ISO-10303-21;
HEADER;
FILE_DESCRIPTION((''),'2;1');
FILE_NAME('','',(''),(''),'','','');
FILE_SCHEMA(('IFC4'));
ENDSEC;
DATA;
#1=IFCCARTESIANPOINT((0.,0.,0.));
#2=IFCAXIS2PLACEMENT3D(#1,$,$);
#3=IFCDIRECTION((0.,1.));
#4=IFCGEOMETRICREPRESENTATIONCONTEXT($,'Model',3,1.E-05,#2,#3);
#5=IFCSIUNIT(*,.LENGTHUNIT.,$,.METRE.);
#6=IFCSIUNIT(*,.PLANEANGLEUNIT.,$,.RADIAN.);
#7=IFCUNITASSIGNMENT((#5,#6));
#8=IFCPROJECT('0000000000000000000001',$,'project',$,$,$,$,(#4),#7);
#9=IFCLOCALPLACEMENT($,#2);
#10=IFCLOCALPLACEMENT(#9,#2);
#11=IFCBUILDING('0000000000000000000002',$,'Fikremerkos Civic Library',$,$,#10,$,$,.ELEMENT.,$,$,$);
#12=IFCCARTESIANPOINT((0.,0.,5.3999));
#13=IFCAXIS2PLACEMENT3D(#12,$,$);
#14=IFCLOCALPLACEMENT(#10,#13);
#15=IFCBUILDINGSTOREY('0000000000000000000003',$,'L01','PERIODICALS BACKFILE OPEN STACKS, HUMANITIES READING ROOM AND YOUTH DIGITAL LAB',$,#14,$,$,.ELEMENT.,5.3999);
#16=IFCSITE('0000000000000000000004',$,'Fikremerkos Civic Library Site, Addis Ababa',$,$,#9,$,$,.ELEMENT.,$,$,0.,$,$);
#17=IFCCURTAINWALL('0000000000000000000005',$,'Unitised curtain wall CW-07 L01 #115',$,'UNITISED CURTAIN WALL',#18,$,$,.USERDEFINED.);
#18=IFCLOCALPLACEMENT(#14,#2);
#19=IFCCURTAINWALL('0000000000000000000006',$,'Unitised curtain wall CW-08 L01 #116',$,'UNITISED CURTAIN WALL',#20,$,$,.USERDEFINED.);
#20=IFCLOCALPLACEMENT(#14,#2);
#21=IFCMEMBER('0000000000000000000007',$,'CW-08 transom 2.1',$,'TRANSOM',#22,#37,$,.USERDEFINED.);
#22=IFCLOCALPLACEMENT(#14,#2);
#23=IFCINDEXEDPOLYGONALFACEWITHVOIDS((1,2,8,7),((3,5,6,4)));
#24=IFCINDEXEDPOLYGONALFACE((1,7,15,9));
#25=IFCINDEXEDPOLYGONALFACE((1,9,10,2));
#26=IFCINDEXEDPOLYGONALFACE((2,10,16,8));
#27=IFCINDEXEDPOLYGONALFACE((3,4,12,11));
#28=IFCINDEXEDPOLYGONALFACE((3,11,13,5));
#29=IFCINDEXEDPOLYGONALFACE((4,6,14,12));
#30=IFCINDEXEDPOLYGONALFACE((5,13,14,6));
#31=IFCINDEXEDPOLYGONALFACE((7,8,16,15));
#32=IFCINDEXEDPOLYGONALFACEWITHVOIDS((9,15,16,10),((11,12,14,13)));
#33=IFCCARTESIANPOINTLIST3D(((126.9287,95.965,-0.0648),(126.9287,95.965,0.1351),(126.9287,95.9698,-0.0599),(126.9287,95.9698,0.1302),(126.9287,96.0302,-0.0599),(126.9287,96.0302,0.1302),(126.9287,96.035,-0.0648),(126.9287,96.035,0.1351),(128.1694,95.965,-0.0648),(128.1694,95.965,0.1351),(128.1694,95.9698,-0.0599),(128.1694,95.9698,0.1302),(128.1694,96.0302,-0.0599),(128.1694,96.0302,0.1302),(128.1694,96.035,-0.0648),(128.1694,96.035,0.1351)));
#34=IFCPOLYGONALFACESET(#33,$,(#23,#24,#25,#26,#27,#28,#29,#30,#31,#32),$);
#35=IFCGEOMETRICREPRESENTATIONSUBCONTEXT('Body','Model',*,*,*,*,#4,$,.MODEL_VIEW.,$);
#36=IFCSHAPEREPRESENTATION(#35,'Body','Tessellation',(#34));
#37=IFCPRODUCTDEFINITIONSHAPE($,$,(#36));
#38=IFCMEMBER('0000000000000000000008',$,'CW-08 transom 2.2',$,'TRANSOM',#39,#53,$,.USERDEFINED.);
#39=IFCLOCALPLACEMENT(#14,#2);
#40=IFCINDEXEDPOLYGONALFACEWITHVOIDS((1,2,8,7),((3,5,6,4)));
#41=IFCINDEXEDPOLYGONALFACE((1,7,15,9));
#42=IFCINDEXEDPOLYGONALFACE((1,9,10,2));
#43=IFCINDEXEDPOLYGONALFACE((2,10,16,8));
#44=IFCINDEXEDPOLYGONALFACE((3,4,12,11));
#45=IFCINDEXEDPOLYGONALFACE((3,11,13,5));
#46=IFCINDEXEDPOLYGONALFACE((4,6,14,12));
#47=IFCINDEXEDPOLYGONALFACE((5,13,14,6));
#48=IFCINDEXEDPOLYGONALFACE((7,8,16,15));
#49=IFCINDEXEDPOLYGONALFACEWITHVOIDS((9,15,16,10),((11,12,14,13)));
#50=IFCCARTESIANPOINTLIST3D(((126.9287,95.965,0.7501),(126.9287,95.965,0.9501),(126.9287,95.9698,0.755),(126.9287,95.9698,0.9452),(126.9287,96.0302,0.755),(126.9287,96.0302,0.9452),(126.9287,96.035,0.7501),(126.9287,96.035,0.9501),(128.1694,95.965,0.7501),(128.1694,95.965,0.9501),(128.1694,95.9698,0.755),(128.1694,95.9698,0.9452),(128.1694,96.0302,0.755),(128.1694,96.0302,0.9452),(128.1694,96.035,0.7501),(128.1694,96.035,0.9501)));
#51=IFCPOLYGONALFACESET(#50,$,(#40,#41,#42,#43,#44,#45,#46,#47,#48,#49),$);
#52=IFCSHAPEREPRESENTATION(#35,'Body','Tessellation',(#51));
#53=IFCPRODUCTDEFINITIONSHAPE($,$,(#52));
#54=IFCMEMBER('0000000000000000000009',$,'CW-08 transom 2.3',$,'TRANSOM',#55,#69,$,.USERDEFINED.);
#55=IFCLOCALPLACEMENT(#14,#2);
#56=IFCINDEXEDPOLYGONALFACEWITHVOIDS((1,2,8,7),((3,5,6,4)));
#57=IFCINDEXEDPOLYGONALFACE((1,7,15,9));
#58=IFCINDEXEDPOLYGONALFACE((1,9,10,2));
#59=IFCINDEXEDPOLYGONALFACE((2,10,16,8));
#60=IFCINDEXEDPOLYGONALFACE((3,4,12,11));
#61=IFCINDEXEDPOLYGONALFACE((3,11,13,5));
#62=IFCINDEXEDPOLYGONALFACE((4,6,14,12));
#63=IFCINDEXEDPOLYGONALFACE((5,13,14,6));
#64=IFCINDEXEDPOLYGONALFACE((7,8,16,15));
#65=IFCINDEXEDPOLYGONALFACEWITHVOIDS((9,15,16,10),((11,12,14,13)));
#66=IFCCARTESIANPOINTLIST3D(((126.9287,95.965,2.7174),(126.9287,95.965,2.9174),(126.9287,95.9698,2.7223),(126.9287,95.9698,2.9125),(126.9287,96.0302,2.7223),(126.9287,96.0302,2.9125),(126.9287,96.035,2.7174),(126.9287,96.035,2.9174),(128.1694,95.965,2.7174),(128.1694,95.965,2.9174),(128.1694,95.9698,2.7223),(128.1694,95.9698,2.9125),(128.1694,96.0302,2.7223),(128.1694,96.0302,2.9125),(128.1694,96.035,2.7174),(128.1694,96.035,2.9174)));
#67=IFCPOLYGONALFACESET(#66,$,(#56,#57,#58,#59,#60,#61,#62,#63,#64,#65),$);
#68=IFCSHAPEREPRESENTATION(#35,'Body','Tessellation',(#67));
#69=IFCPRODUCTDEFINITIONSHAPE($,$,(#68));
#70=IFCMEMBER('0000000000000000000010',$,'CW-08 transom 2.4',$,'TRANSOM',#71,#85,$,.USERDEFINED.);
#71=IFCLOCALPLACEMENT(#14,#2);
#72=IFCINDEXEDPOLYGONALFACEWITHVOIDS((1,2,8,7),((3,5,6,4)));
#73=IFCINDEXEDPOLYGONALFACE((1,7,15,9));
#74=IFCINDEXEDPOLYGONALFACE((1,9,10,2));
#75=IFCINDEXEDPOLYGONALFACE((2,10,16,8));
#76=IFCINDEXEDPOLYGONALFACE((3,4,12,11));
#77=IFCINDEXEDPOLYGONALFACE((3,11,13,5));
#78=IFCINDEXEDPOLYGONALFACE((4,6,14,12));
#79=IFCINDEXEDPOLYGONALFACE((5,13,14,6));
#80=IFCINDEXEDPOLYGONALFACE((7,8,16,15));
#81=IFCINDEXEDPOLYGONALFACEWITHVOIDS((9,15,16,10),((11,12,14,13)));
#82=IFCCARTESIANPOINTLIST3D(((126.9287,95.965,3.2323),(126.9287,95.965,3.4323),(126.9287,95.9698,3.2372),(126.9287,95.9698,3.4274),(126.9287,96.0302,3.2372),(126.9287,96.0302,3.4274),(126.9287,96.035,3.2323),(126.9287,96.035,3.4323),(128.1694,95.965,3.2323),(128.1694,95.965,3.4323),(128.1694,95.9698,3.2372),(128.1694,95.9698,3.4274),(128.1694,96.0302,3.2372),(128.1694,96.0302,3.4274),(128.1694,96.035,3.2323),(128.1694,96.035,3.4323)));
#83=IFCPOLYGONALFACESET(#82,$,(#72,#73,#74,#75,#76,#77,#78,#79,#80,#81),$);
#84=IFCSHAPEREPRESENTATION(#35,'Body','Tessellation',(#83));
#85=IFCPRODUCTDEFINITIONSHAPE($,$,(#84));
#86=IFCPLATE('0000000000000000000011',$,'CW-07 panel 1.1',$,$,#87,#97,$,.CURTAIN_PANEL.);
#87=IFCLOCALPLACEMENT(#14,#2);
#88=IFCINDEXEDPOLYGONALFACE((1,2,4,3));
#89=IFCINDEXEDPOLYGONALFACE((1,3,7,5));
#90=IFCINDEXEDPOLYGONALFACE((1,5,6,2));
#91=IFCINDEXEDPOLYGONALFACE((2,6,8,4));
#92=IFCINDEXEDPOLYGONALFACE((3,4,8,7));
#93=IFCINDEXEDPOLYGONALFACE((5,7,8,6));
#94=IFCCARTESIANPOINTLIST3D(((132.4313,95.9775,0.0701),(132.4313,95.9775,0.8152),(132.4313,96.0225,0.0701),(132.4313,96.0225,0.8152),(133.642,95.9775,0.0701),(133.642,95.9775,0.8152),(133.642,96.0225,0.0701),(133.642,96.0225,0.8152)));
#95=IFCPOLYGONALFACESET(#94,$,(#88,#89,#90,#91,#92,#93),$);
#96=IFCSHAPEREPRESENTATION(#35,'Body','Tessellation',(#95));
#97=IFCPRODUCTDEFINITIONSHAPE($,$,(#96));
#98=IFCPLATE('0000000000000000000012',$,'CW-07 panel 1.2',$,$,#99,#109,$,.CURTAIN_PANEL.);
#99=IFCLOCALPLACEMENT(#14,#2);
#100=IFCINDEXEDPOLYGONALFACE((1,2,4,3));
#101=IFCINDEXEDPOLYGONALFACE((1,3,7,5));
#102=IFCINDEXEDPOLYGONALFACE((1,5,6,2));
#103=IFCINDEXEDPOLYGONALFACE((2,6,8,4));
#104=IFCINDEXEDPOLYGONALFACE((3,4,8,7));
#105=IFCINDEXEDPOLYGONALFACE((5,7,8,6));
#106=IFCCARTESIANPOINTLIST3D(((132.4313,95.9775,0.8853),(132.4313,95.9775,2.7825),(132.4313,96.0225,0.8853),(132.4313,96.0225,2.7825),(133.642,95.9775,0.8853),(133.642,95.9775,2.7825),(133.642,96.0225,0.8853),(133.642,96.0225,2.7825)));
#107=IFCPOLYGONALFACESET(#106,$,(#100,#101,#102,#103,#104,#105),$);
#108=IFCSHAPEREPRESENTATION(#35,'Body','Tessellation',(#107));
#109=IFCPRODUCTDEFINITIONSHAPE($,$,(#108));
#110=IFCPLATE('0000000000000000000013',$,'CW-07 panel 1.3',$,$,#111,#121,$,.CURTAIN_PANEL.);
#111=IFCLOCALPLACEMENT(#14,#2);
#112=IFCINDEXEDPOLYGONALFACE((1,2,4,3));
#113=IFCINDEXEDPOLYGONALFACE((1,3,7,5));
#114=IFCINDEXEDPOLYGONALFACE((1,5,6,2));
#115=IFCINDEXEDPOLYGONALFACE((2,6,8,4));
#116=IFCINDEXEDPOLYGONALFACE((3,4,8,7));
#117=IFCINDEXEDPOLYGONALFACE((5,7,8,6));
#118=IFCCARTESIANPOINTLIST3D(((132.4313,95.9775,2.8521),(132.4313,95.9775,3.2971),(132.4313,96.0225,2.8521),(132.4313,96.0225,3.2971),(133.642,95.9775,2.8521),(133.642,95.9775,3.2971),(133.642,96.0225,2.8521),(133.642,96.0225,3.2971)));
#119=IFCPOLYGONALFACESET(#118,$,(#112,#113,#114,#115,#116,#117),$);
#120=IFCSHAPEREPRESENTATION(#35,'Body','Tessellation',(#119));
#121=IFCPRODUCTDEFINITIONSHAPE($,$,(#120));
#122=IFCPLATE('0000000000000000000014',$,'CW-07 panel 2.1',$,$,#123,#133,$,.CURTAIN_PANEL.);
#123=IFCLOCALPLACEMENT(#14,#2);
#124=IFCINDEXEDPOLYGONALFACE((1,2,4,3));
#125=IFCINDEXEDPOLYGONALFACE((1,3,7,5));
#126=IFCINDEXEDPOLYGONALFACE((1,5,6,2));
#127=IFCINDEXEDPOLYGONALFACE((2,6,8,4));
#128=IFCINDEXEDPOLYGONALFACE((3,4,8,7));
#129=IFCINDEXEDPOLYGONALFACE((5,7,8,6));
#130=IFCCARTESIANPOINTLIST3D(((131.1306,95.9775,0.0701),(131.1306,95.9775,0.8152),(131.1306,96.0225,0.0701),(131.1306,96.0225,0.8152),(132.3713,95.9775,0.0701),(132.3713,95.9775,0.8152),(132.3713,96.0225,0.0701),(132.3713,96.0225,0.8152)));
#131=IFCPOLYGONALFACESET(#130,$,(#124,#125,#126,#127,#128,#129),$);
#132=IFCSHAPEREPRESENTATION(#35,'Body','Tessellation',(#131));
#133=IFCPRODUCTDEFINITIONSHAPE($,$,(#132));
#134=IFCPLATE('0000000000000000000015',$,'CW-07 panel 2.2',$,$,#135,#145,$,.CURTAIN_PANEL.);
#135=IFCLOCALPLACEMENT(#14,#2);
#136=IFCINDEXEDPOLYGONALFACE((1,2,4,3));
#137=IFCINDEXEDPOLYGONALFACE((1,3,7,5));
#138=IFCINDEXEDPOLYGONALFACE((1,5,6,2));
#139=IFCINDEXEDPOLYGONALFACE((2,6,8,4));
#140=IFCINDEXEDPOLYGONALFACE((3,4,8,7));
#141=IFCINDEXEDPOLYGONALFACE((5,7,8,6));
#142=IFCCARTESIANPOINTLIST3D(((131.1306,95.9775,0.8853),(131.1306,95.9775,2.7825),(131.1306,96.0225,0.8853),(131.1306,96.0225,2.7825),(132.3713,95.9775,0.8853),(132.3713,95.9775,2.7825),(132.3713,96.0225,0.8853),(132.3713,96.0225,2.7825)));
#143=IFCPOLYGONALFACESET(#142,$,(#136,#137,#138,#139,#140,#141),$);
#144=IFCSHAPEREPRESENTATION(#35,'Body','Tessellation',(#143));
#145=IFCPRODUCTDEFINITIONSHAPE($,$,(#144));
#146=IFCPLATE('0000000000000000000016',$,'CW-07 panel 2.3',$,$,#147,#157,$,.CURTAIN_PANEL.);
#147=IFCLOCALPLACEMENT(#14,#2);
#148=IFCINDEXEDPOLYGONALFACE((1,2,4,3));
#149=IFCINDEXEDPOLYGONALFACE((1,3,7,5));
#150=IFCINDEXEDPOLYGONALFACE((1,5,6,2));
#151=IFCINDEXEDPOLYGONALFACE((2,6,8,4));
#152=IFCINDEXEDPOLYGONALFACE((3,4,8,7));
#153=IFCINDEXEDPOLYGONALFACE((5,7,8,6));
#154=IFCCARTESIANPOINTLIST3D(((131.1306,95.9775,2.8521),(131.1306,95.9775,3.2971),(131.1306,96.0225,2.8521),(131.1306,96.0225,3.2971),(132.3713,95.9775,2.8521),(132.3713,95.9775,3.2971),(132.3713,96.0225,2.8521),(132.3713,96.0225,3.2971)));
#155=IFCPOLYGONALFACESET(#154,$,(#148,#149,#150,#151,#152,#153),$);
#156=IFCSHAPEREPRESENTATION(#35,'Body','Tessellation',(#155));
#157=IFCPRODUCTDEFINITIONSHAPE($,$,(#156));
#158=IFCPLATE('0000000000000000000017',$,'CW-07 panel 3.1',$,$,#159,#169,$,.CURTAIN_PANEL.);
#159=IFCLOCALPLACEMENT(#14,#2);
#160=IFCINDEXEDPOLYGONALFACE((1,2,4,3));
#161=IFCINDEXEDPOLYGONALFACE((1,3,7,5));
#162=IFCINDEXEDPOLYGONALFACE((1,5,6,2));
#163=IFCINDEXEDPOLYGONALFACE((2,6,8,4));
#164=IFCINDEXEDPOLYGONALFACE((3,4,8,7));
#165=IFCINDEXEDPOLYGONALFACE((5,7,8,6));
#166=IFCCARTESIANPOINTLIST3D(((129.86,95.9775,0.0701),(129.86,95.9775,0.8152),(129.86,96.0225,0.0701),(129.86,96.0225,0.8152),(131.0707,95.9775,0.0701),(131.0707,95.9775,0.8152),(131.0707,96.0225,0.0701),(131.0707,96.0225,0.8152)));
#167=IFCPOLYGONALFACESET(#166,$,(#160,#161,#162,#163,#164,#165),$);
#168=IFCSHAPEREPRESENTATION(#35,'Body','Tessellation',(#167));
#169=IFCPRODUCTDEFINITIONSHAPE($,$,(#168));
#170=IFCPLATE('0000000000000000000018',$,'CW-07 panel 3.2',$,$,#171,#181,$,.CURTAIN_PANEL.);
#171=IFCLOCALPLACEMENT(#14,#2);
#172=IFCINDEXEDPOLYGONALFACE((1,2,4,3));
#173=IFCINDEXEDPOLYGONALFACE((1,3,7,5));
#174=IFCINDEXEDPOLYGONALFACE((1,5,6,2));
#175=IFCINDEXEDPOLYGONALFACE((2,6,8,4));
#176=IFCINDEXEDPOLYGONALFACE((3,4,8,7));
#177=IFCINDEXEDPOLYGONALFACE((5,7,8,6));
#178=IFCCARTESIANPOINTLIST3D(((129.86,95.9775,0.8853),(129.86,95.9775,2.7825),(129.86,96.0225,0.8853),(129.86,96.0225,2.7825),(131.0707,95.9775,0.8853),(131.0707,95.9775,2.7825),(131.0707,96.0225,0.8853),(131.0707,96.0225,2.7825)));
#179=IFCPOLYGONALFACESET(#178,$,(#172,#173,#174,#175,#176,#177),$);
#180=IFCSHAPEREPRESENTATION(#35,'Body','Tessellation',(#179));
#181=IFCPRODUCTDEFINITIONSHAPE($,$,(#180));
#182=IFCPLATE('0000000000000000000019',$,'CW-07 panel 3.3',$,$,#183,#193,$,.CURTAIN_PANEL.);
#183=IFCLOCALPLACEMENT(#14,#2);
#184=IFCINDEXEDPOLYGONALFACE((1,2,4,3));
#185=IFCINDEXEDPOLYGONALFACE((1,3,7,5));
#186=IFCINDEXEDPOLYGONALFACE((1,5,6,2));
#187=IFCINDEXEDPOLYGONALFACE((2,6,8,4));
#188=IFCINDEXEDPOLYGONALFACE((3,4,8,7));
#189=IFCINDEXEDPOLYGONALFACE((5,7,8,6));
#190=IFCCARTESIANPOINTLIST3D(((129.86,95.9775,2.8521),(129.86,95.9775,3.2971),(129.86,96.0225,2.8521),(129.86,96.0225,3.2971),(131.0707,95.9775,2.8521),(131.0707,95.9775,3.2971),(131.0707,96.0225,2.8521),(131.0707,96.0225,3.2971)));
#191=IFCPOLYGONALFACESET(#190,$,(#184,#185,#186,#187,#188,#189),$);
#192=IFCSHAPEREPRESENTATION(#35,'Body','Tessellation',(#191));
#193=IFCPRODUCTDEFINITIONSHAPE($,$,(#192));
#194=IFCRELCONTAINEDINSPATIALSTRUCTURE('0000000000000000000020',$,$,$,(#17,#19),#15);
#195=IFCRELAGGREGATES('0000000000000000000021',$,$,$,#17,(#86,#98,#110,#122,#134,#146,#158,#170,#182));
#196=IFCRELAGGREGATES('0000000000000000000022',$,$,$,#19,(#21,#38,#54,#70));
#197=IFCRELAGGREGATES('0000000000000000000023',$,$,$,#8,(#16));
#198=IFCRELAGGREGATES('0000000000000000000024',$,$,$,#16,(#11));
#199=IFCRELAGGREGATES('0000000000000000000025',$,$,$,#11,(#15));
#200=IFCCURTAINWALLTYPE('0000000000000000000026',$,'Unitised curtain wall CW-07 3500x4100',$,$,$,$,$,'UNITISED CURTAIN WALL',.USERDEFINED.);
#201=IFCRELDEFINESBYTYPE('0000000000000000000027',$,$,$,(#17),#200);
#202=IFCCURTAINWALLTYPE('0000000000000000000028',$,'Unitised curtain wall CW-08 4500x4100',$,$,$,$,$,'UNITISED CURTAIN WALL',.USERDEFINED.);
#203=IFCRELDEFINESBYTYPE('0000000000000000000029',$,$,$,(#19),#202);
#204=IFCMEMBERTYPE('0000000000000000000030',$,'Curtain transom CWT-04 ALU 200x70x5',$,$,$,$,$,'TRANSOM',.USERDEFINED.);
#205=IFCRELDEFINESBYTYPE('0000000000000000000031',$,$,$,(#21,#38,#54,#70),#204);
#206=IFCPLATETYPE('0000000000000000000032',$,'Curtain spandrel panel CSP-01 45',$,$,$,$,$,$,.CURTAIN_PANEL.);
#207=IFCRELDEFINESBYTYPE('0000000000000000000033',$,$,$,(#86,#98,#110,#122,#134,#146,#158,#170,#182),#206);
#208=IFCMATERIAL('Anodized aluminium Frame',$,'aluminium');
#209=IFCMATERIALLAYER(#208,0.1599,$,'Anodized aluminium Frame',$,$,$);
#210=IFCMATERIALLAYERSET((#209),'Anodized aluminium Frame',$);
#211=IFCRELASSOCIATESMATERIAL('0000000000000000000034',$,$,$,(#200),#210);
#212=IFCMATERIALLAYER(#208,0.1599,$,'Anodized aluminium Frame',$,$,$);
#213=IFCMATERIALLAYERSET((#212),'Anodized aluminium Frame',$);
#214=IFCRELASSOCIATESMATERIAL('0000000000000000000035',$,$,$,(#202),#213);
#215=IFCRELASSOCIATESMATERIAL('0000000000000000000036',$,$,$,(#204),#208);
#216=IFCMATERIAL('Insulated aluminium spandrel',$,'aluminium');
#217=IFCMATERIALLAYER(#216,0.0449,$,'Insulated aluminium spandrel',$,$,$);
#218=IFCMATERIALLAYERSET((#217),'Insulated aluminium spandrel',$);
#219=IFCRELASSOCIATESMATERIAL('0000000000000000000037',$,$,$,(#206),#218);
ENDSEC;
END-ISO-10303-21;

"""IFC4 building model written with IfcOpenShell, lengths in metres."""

from ifc_helpers import new_model, si_unit, direction, frame, origin, origin_2d, place, context, subcontext, project, spatial, rectangle, hollow_rectangle, extrude, material, layer, layer_set, material_profile, profile_set, type_object, element, aggregate, save


model = new_model("IFC4")

# Units and contexts
model_context = context("Model", 3, precision=1e-05, world=origin(), true_north=direction((0.0, 1.0)))
body_context = subcontext(model_context, "Body", "Model", "MODEL_VIEW")
ifc_project = project(units=[si_unit("LENGTHUNIT", "METRE"), si_unit("PLANEANGLEUNIT", "RADIAN")], contexts=[model_context])

# Site, building, storey
site_placement = place(None, origin())
site = spatial("IfcSite", under=ifc_project, at=site_placement, Name="Fikremerkos Civic Library Site, Addis Ababa", CompositionType="ELEMENT", RefElevation=0.0)
building_placement = place(site_placement, origin())
building = spatial("IfcBuilding", under=site, at=building_placement, Name="Fikremerkos Civic Library", CompositionType="ELEMENT")
storey_placement = place(building_placement, frame((0.0, 0.0, 5.3999)))
storey = spatial("IfcBuildingStorey", under=building, at=storey_placement, Name="L01", Description="PERIODICALS BACKFILE OPEN STACKS, HUMANITIES READING ROOM AND YOUTH DIGITAL LAB", CompositionType="ELEMENT", Elevation=5.3999)

# Curtain walls
ifc_material_1 = material(Name="Anodized aluminium Frame", Category="aluminium")
ifc_layer_1 = layer(ifc_material_1, 0.1599, Name="Anodized aluminium Frame")
ifc_layer_set_1 = layer_set([ifc_layer_1], Name="Anodized aluminium Frame")
curtain_wall_type_1 = type_object("IfcCurtainWallType", Name="Unitised curtain wall CW-07 3500x4100", ElementType="UNITISED CURTAIN WALL", PredefinedType="USERDEFINED", material=ifc_layer_set_1)
curtain_wall_1_placement = place(storey_placement, origin())
curtain_wall_1 = element("IfcCurtainWall", 1, at=curtain_wall_1_placement, inside=storey, type_object=curtain_wall_type_1, Name="Unitised curtain wall CW-07 L01 #115", ObjectType="UNITISED CURTAIN WALL", PredefinedType="USERDEFINED")
ifc_layer_2 = layer(ifc_material_1, 0.1599, Name="Anodized aluminium Frame")
ifc_layer_set_2 = layer_set([ifc_layer_2], Name="Anodized aluminium Frame")
curtain_wall_type_2 = type_object("IfcCurtainWallType", Name="Unitised curtain wall CW-08 4500x4100", ElementType="UNITISED CURTAIN WALL", PredefinedType="USERDEFINED", material=ifc_layer_set_2)
curtain_wall_2_placement = place(storey_placement, origin())
curtain_wall_2 = element("IfcCurtainWall", 2, at=curtain_wall_2_placement, inside=storey, type_object=curtain_wall_type_2, Name="Unitised curtain wall CW-08 L01 #116", ObjectType="UNITISED CURTAIN WALL", PredefinedType="USERDEFINED")

# Members
ifc_material_profile_1 = material_profile(ifc_material_1, hollow_rectangle(XDim=0.0701, YDim=0.2, WallThickness=0.0049, at=origin_2d()), Name="ALU 200x70x5")
ifc_profile_set_1 = profile_set([ifc_material_profile_1], Name="Anodized aluminium Frame")
member_type_1 = type_object("IfcMemberType", Name="Curtain transom CWT-04 ALU 200x70x5", ElementType="TRANSOM", PredefinedType="USERDEFINED", material=ifc_profile_set_1)
member_1_placement = place(storey_placement, frame((128.1694, 96.0, 0.0352), z_axis=(-1.0, 0.0, 0.0), x_axis=(0.0, -1.0, 0.0)))
member_1 = element("IfcMember", 3, at=member_1_placement, type_object=member_type_1, Name="CW-08 transom 2.1", ObjectType="TRANSOM", PredefinedType="USERDEFINED", context=body_context, shape_type="SweptSolid", body=[
    extrude(hollow_rectangle(XDim=0.0701, YDim=0.2, WallThickness=0.0049, at=origin_2d()), origin(), (0.0, 0.0, 1.0), 1.2407),
])
member_2_placement = place(storey_placement, frame((128.1694, 96.0, 0.8501), z_axis=(-1.0, 0.0, 0.0), x_axis=(0.0, -1.0, 0.0)))
member_2 = element("IfcMember", 4, at=member_2_placement, type_object=member_type_1, Name="CW-08 transom 2.2", ObjectType="TRANSOM", PredefinedType="USERDEFINED", context=body_context, shape_type="SweptSolid", body=[
    extrude(hollow_rectangle(XDim=0.0701, YDim=0.2, WallThickness=0.0049, at=origin_2d()), origin(), (0.0, 0.0, 1.0), 1.2407),
])
member_3_placement = place(storey_placement, frame((128.1694, 96.0, 2.8174), z_axis=(-1.0, 0.0, 0.0), x_axis=(0.0, -1.0, 0.0)))
member_3 = element("IfcMember", 5, at=member_3_placement, type_object=member_type_1, Name="CW-08 transom 2.3", ObjectType="TRANSOM", PredefinedType="USERDEFINED", context=body_context, shape_type="SweptSolid", body=[
    extrude(hollow_rectangle(XDim=0.0701, YDim=0.2, WallThickness=0.0049, at=origin_2d()), origin(), (0.0, 0.0, 1.0), 1.2407),
])
member_4_placement = place(storey_placement, frame((128.1694, 96.0, 3.3323), z_axis=(-1.0, 0.0, 0.0), x_axis=(0.0, -1.0, 0.0)))
member_4 = element("IfcMember", 6, at=member_4_placement, type_object=member_type_1, Name="CW-08 transom 2.4", ObjectType="TRANSOM", PredefinedType="USERDEFINED", context=body_context, shape_type="SweptSolid", body=[
    extrude(hollow_rectangle(XDim=0.0701, YDim=0.2, WallThickness=0.0049, at=origin_2d()), origin(), (0.0, 0.0, 1.0), 1.2407),
])

# Plates
ifc_material_2 = material(Name="Insulated aluminium spandrel", Category="aluminium")
ifc_layer_3 = layer(ifc_material_2, 0.0449, Name="Insulated aluminium spandrel")
ifc_layer_set_3 = layer_set([ifc_layer_3], Name="Insulated aluminium spandrel")
plate_type_1 = type_object("IfcPlateType", Name="Curtain spandrel panel CSP-01 45", PredefinedType="CURTAIN_PANEL", material=ifc_layer_set_3)
plate_1_placement = place(storey_placement, frame((133.0366, 96.0, 0.0701), z_axis=(0.0, 0.0, 1.0), x_axis=(-1.0, 0.0, 0.0)))
plate_1 = element("IfcPlate", 7, at=plate_1_placement, type_object=plate_type_1, Name="CW-07 panel 1.1", PredefinedType="CURTAIN_PANEL", context=body_context, shape_type="SweptSolid", body=[
    extrude(rectangle(XDim=1.2107, YDim=0.0449, at=origin_2d()), origin(), (0.0, 0.0, 1.0), 0.7451),
])
plate_2_placement = place(storey_placement, frame((133.0366, 96.0, 0.8853), z_axis=(0.0, 0.0, 1.0), x_axis=(-1.0, 0.0, 0.0)))
plate_2 = element("IfcPlate", 8, at=plate_2_placement, type_object=plate_type_1, Name="CW-07 panel 1.2", PredefinedType="CURTAIN_PANEL", context=body_context, shape_type="SweptSolid", body=[
    extrude(rectangle(XDim=1.2107, YDim=0.0449, at=origin_2d()), origin(), (0.0, 0.0, 1.0), 1.8972),
])
plate_3_placement = place(storey_placement, frame((133.0366, 96.0, 2.8521), z_axis=(0.0, 0.0, 1.0), x_axis=(-1.0, 0.0, 0.0)))
plate_3 = element("IfcPlate", 9, at=plate_3_placement, type_object=plate_type_1, Name="CW-07 panel 1.3", PredefinedType="CURTAIN_PANEL", context=body_context, shape_type="SweptSolid", body=[
    extrude(rectangle(XDim=1.2107, YDim=0.0449, at=origin_2d()), origin(), (0.0, 0.0, 1.0), 0.4451),
])
plate_4_placement = place(storey_placement, frame((131.751, 96.0, 0.0701), z_axis=(0.0, 0.0, 1.0), x_axis=(-1.0, 0.0, 0.0)))
plate_4 = element("IfcPlate", 10, at=plate_4_placement, type_object=plate_type_1, Name="CW-07 panel 2.1", PredefinedType="CURTAIN_PANEL", context=body_context, shape_type="SweptSolid", body=[
    extrude(rectangle(XDim=1.2407, YDim=0.0449, at=origin_2d()), origin(), (0.0, 0.0, 1.0), 0.7451),
])
plate_5_placement = place(storey_placement, frame((131.751, 96.0, 0.8853), z_axis=(0.0, 0.0, 1.0), x_axis=(-1.0, 0.0, 0.0)))
plate_5 = element("IfcPlate", 11, at=plate_5_placement, type_object=plate_type_1, Name="CW-07 panel 2.2", PredefinedType="CURTAIN_PANEL", context=body_context, shape_type="SweptSolid", body=[
    extrude(rectangle(XDim=1.2407, YDim=0.0449, at=origin_2d()), origin(), (0.0, 0.0, 1.0), 1.8972),
])
plate_6_placement = place(storey_placement, frame((131.751, 96.0, 2.8521), z_axis=(0.0, 0.0, 1.0), x_axis=(-1.0, 0.0, 0.0)))
plate_6 = element("IfcPlate", 12, at=plate_6_placement, type_object=plate_type_1, Name="CW-07 panel 2.3", PredefinedType="CURTAIN_PANEL", context=body_context, shape_type="SweptSolid", body=[
    extrude(rectangle(XDim=1.2407, YDim=0.0449, at=origin_2d()), origin(), (0.0, 0.0, 1.0), 0.4451),
])
plate_7_placement = place(storey_placement, frame((130.4653, 96.0, 0.0701), z_axis=(0.0, 0.0, 1.0), x_axis=(-1.0, 0.0, 0.0)))
plate_7 = element("IfcPlate", 13, at=plate_7_placement, type_object=plate_type_1, Name="CW-07 panel 3.1", PredefinedType="CURTAIN_PANEL", context=body_context, shape_type="SweptSolid", body=[
    extrude(rectangle(XDim=1.2107, YDim=0.0449, at=origin_2d()), origin(), (0.0, 0.0, 1.0), 0.7451),
])
plate_8_placement = place(storey_placement, frame((130.4653, 96.0, 0.8853), z_axis=(0.0, 0.0, 1.0), x_axis=(-1.0, 0.0, 0.0)))
plate_8 = element("IfcPlate", 14, at=plate_8_placement, type_object=plate_type_1, Name="CW-07 panel 3.2", PredefinedType="CURTAIN_PANEL", context=body_context, shape_type="SweptSolid", body=[
    extrude(rectangle(XDim=1.2107, YDim=0.0449, at=origin_2d()), origin(), (0.0, 0.0, 1.0), 1.8972),
])
plate_9_placement = place(storey_placement, frame((130.4653, 96.0, 2.8521), z_axis=(0.0, 0.0, 1.0), x_axis=(-1.0, 0.0, 0.0)))
plate_9 = element("IfcPlate", 15, at=plate_9_placement, type_object=plate_type_1, Name="CW-07 panel 3.3", PredefinedType="CURTAIN_PANEL", context=body_context, shape_type="SweptSolid", body=[
    extrude(rectangle(XDim=1.2107, YDim=0.0449, at=origin_2d()), origin(), (0.0, 0.0, 1.0), 0.4451),
])
aggregate(curtain_wall_1, [plate_1, plate_2, plate_3, plate_4, plate_5, plate_6, plate_7, plate_8, plate_9])
aggregate(curtain_wall_2, [member_1, member_2, member_3, member_4])

save(model, "model.ifc")
